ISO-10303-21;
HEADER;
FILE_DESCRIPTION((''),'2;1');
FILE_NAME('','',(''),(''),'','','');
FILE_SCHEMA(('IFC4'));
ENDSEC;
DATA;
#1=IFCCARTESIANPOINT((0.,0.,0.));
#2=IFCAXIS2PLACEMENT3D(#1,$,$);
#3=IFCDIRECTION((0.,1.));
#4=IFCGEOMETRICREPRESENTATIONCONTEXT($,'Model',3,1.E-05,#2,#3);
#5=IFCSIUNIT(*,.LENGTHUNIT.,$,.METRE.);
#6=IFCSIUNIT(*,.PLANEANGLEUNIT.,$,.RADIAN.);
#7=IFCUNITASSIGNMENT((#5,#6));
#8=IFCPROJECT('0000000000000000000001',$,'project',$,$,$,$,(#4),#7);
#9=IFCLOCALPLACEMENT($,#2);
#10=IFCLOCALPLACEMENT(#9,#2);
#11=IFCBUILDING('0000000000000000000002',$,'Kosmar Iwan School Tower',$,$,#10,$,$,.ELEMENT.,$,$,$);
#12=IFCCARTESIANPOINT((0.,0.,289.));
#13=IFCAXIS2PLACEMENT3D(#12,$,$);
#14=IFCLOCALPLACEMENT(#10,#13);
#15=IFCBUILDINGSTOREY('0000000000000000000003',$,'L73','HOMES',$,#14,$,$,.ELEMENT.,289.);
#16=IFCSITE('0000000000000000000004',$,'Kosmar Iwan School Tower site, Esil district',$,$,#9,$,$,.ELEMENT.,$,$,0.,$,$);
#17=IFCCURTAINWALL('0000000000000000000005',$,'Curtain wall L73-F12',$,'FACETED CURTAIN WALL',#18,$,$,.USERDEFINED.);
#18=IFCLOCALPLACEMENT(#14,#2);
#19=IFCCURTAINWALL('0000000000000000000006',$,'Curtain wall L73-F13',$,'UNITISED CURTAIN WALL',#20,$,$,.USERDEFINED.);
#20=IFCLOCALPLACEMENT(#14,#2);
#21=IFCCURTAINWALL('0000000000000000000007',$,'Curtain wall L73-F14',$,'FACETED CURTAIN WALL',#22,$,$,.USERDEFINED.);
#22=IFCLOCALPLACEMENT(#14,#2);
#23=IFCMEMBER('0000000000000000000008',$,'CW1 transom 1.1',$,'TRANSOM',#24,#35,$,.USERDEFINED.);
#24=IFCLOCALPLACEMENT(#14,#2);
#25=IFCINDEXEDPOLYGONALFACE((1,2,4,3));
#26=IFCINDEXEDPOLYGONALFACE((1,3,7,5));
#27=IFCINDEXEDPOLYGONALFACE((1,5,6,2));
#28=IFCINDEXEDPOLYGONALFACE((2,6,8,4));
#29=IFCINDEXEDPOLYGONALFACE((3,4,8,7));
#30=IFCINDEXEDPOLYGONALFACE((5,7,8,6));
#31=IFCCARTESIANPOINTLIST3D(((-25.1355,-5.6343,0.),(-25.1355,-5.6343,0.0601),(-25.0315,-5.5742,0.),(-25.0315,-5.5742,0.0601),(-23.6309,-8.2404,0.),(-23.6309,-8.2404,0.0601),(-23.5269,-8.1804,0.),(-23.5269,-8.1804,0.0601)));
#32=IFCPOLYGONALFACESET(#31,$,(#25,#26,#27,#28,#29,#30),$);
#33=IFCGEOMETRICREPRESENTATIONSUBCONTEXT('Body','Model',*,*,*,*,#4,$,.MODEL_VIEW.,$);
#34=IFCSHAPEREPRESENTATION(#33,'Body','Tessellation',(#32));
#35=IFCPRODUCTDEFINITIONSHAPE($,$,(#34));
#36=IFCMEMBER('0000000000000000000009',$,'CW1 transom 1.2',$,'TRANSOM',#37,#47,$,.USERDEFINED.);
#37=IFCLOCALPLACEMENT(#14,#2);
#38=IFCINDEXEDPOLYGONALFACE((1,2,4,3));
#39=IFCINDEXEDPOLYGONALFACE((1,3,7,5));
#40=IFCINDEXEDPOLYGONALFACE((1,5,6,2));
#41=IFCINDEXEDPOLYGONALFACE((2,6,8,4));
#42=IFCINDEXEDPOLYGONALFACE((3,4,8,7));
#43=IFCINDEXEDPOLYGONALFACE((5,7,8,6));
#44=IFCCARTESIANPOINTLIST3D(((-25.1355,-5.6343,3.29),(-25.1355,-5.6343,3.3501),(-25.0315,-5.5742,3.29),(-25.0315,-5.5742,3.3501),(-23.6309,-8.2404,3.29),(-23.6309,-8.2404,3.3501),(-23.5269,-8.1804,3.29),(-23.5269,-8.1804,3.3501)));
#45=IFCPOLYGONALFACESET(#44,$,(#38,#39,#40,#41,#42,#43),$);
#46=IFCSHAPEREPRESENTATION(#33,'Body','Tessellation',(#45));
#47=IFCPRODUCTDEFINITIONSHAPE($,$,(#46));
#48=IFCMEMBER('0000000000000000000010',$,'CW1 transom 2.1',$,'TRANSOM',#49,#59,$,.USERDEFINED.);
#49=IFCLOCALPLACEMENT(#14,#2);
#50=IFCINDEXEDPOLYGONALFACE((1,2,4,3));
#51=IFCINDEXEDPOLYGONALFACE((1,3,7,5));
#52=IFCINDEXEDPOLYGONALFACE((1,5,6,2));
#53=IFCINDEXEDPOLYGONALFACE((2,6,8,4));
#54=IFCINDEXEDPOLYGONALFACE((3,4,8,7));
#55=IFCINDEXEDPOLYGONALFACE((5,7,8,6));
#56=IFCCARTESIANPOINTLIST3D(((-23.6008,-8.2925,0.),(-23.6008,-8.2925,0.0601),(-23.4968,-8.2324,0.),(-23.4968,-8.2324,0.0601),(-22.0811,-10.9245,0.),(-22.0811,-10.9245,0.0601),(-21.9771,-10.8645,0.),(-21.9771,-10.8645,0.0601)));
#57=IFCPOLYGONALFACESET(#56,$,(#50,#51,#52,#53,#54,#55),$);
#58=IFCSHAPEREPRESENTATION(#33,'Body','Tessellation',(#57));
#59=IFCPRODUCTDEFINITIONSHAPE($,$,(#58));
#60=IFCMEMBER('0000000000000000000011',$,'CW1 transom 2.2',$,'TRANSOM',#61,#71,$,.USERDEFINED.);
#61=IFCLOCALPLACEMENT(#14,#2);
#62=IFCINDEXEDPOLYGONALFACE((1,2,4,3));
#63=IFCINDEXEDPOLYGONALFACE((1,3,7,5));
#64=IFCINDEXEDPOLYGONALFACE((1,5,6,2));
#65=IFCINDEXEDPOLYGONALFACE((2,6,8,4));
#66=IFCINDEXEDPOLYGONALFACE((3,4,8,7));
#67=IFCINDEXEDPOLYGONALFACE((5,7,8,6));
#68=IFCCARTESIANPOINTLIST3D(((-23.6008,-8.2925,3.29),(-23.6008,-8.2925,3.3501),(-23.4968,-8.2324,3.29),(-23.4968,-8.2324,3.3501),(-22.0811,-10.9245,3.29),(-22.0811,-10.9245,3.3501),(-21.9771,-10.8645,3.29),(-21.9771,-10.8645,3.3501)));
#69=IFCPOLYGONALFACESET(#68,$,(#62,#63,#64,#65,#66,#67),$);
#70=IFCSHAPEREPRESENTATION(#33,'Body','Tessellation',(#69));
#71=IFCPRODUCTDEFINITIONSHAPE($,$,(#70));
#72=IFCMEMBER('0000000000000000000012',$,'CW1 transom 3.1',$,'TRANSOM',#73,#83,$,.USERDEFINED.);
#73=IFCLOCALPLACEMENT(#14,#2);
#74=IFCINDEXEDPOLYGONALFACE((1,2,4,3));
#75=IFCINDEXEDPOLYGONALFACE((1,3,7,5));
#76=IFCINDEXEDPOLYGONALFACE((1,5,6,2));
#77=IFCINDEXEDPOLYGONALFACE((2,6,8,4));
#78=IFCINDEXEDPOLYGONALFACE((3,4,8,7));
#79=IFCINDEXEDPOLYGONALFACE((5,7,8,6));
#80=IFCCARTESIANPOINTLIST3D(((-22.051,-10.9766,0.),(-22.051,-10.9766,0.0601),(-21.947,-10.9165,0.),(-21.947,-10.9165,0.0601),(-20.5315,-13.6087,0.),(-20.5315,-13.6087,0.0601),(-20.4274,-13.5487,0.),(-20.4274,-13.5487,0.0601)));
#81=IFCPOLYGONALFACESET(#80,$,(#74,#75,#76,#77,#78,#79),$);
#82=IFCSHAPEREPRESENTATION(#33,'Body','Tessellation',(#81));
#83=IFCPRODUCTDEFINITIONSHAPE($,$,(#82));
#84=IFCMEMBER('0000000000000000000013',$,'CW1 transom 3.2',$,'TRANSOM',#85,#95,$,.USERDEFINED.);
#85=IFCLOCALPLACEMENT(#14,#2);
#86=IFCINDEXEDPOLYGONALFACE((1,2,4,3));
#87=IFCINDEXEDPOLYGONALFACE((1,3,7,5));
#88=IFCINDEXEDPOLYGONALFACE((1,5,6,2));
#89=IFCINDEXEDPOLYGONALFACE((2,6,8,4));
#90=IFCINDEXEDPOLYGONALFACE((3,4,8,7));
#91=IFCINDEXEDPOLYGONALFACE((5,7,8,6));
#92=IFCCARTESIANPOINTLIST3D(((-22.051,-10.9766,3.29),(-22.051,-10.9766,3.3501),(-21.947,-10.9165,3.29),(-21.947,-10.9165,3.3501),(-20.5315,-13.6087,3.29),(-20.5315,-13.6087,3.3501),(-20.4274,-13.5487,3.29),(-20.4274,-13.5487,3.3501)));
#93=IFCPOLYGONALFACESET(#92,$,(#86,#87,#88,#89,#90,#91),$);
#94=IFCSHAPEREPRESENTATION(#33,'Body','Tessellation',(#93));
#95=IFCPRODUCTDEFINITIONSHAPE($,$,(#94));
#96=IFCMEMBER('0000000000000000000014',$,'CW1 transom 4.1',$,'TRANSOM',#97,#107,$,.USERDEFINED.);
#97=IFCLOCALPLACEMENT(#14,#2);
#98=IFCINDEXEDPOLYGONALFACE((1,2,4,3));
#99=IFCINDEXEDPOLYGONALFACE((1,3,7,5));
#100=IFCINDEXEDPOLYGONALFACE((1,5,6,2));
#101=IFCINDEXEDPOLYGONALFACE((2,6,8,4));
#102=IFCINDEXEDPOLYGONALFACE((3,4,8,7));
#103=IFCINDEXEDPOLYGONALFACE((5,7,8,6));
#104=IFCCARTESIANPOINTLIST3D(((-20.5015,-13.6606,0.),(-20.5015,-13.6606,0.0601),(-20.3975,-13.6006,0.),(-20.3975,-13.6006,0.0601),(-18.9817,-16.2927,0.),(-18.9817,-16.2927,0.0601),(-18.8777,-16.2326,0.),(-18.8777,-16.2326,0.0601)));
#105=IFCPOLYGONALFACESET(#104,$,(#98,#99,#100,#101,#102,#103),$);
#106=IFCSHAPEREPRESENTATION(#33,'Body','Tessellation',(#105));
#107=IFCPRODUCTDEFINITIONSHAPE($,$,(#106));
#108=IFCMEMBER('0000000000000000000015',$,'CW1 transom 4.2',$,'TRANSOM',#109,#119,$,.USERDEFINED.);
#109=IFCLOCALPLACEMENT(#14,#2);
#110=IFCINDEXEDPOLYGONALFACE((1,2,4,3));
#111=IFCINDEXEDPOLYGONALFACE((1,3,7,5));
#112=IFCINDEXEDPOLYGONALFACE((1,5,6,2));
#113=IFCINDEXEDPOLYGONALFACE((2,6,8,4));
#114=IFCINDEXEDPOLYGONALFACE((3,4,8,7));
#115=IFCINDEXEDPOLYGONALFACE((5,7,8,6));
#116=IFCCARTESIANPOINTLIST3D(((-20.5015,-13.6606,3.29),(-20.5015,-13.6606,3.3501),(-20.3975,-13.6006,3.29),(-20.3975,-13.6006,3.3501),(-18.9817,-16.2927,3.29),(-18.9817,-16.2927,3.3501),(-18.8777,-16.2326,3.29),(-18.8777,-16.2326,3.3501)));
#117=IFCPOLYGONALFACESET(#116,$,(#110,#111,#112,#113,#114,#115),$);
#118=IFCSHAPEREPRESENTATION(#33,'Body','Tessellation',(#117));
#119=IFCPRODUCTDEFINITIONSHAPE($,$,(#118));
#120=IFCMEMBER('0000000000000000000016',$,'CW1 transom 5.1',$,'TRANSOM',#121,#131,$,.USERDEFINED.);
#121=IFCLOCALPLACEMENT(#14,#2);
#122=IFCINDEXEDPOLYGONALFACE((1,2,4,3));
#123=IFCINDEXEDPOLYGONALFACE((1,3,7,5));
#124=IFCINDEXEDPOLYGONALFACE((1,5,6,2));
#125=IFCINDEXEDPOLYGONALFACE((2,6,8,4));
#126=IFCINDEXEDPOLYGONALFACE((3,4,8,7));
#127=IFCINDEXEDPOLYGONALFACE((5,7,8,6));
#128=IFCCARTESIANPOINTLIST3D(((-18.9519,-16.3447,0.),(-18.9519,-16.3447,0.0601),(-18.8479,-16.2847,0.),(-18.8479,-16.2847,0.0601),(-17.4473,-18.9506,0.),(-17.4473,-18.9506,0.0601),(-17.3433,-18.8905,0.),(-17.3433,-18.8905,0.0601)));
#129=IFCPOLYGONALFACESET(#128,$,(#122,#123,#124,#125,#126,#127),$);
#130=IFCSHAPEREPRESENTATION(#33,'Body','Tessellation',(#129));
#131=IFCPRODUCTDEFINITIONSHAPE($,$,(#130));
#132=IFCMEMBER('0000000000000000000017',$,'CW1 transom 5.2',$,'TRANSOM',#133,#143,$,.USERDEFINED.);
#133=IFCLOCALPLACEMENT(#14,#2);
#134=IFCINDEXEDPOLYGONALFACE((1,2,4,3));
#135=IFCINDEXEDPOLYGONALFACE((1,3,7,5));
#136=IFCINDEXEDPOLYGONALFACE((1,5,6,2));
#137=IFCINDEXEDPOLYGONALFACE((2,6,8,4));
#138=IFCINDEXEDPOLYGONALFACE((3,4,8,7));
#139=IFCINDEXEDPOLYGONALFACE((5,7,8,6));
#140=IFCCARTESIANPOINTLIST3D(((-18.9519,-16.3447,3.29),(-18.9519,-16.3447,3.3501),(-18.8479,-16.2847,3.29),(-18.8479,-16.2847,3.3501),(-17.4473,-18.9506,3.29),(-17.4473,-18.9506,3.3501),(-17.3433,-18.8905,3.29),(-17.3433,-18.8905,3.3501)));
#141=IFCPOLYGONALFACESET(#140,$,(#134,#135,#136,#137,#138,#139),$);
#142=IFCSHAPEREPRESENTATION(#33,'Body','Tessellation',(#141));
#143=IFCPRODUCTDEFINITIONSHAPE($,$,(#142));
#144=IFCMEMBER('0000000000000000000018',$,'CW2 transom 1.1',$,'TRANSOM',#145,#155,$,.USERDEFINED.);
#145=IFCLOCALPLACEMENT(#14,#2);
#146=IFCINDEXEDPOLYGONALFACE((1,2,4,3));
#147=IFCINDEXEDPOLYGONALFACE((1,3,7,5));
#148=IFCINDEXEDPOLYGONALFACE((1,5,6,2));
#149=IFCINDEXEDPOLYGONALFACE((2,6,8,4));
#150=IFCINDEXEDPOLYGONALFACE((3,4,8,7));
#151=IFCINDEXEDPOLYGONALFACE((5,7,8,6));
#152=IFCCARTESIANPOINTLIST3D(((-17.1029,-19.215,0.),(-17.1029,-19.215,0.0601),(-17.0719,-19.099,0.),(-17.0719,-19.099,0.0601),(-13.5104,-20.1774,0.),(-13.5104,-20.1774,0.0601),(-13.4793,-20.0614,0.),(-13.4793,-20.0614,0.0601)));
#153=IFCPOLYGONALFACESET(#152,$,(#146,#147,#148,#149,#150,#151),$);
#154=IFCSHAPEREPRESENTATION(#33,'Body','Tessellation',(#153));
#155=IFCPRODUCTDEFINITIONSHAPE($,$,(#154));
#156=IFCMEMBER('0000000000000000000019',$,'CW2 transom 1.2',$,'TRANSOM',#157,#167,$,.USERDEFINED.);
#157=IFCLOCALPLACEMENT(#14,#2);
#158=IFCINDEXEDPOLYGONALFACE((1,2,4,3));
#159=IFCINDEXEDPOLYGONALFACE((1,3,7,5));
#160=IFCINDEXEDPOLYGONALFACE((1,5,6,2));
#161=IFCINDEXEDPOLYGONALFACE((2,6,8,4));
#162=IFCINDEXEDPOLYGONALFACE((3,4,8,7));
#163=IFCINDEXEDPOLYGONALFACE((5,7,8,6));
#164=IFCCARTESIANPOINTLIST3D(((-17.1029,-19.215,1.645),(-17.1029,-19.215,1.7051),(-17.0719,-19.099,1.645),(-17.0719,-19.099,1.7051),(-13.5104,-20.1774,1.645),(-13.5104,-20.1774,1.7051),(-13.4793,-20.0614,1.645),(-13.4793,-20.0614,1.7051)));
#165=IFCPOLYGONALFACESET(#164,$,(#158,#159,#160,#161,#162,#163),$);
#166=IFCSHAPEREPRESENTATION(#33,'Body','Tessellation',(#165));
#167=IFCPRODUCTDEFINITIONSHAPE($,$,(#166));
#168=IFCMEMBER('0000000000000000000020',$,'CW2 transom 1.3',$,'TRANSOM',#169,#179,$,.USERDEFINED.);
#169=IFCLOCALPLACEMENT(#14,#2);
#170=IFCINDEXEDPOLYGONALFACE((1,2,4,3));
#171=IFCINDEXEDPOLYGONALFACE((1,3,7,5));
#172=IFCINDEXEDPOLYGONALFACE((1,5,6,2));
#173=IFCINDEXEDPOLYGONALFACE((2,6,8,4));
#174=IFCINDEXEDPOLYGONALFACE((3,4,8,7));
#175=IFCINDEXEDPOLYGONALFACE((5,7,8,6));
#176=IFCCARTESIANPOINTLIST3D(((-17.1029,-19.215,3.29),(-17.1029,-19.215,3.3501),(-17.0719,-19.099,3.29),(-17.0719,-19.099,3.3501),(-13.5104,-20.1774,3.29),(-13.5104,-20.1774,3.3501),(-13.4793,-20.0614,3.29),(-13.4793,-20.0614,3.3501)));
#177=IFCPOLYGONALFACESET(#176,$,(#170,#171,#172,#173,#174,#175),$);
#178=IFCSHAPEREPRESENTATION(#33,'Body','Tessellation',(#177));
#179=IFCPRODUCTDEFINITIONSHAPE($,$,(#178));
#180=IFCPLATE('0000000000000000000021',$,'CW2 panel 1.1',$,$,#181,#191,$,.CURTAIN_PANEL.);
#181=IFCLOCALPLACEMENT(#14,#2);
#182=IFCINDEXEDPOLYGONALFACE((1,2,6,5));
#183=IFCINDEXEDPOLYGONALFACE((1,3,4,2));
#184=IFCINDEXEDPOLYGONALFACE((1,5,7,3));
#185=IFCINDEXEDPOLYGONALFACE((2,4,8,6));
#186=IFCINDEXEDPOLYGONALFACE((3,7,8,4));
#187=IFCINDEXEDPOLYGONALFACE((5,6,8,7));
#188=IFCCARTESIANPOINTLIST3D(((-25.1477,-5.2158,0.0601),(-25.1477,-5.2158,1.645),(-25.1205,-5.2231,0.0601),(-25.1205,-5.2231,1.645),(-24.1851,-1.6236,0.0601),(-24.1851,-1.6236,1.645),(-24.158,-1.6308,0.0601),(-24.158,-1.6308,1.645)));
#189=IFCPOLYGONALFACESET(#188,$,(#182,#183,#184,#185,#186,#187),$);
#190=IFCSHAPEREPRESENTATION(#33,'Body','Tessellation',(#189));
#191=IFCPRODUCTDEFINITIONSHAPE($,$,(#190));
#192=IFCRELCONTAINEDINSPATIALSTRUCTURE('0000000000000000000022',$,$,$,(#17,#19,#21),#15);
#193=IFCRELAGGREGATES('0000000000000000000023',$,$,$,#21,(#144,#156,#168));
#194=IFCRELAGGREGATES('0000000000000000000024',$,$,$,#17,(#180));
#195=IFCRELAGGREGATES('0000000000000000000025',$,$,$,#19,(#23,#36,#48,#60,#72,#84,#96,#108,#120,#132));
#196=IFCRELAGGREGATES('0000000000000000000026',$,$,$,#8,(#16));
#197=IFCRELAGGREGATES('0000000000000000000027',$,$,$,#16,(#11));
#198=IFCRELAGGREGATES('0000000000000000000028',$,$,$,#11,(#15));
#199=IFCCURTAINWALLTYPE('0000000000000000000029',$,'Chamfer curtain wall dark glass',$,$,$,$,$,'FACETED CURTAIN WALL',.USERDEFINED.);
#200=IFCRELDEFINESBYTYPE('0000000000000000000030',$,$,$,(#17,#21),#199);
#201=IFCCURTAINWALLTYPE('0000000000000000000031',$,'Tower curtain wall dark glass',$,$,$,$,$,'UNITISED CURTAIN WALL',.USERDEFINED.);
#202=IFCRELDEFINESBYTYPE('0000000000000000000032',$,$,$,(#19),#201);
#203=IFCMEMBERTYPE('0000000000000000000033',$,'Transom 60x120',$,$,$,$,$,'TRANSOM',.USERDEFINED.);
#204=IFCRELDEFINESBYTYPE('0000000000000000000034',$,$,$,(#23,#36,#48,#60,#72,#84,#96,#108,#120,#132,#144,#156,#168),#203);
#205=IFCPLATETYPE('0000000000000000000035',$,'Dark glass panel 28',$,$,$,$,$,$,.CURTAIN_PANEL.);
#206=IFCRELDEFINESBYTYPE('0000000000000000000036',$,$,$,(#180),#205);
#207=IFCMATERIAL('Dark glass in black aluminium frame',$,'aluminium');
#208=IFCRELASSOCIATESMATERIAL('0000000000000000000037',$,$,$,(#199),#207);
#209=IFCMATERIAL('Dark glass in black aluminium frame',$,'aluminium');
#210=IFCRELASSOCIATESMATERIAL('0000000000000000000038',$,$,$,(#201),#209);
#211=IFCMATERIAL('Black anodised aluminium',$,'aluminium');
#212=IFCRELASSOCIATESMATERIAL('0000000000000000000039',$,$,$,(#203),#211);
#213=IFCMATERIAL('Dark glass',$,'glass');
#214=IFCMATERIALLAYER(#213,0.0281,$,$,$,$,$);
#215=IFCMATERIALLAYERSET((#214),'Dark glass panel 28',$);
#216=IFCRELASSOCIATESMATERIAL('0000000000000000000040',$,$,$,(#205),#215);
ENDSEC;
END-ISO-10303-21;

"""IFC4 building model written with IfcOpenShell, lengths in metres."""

from ifc_helpers import new_model, si_unit, direction, frame, origin, origin_2d, place, context, subcontext, project, spatial, rectangle, extrude, material, layer, layer_set, material_profile, profile_set, type_object, element, aggregate, save


model = new_model("IFC4")

# Units and contexts
model_context = context("Model", 3, precision=1e-05, world=origin(), true_north=direction((0.0, 1.0)))
body_context = subcontext(model_context, "Body", "Model", "MODEL_VIEW")
ifc_project = project(units=[si_unit("LENGTHUNIT", "METRE"), si_unit("PLANEANGLEUNIT", "RADIAN")], contexts=[model_context])

# Site, building, storey
site_placement = place(None, origin())
site = spatial("IfcSite", under=ifc_project, at=site_placement, Name="Kosmar Iwan School Tower site, Esil district", CompositionType="ELEMENT", RefElevation=0.0)
building_placement = place(site_placement, origin())
building = spatial("IfcBuilding", under=site, at=building_placement, Name="Kosmar Iwan School Tower", CompositionType="ELEMENT")
storey_placement = place(building_placement, frame((0.0, 0.0, 289.0)))
storey = spatial("IfcBuildingStorey", under=building, at=storey_placement, Name="L73", Description="HOMES", CompositionType="ELEMENT", Elevation=289.0)

# Curtain wall
ifc_material_1 = material(Name="Dark glass in black aluminium frame", Category="aluminium")
curtain_wall_type_1 = type_object("IfcCurtainWallType", Name="Chamfer curtain wall dark glass", ElementType="FACETED CURTAIN WALL", PredefinedType="USERDEFINED", material=ifc_material_1)
curtain_wall_1_placement = place(storey_placement, origin())
curtain_wall_1 = element("IfcCurtainWall", 1, at=curtain_wall_1_placement, inside=storey, type_object=curtain_wall_type_1, Name="Curtain wall L73-F12", ObjectType="FACETED CURTAIN WALL", PredefinedType="USERDEFINED")

# Curtain wall
ifc_material_2 = material(Name="Dark glass in black aluminium frame", Category="aluminium")
curtain_wall_type_2 = type_object("IfcCurtainWallType", Name="Tower curtain wall dark glass", ElementType="UNITISED CURTAIN WALL", PredefinedType="USERDEFINED", material=ifc_material_2)
curtain_wall_2_placement = place(storey_placement, origin())
curtain_wall_2 = element("IfcCurtainWall", 2, at=curtain_wall_2_placement, inside=storey, type_object=curtain_wall_type_2, Name="Curtain wall L73-F13", ObjectType="UNITISED CURTAIN WALL", PredefinedType="USERDEFINED")

# Curtain wall
curtain_wall_3_placement = place(storey_placement, origin())
curtain_wall_3 = element("IfcCurtainWall", 3, at=curtain_wall_3_placement, inside=storey, type_object=curtain_wall_type_1, Name="Curtain wall L73-F14", ObjectType="FACETED CURTAIN WALL", PredefinedType="USERDEFINED")

# Members
ifc_material_3 = material(Name="Black anodised aluminium", Category="aluminium")
ifc_material_profile_1 = material_profile(ifc_material_3, rectangle(XDim=0.1201, YDim=0.0601, at=origin_2d()), Name="TRANSOM 60x120")
ifc_profile_set_1 = profile_set([ifc_material_profile_1], Name="Black anodised aluminium")
member_type_1 = type_object("IfcMemberType", Name="Transom 60x120", ElementType="TRANSOM", PredefinedType="USERDEFINED", material=ifc_profile_set_1)
member_1_placement = place(storey_placement, frame((-25.0835, -5.6042, 0.03), z_axis=(0.499987, -0.866033, 0.0), x_axis=(0.866033, 0.499987, 0.0)))
member_1 = element("IfcMember", 4, at=member_1_placement, type_object=member_type_1, Name="CW1 transom 1.1", ObjectType="TRANSOM", PredefinedType="USERDEFINED", context=body_context, shape_type="SweptSolid", body=[
    extrude(rectangle(XDim=0.1201, YDim=0.0601, at=origin_2d()), origin(), (0.0, 0.0, 1.0), 3.0093),
])
member_2_placement = place(storey_placement, frame((-25.0835, -5.6042, 3.3201), z_axis=(0.499987, -0.866033, 0.0), x_axis=(0.866033, 0.499987, 0.0)))
member_2 = element("IfcMember", 5, at=member_2_placement, type_object=member_type_1, Name="CW1 transom 1.2", ObjectType="TRANSOM", PredefinedType="USERDEFINED", context=body_context, shape_type="SweptSolid", body=[
    extrude(rectangle(XDim=0.1201, YDim=0.0601, at=origin_2d()), origin(), (0.0, 0.0, 1.0), 3.0093),
])
member_3_placement = place(storey_placement, frame((-23.5488, -8.2625, 0.03), z_axis=(0.500035, -0.866005, 0.0), x_axis=(0.866005, 0.500035, 0.0)))
member_3 = element("IfcMember", 6, at=member_3_placement, type_object=member_type_1, Name="CW1 transom 2.1", ObjectType="TRANSOM", PredefinedType="USERDEFINED", context=body_context, shape_type="SweptSolid", body=[
    extrude(rectangle(XDim=0.1201, YDim=0.0601, at=origin_2d()), origin(), (0.0, 0.0, 1.0), 3.0393),
])
member_4_placement = place(storey_placement, frame((-23.5488, -8.2625, 3.3201), z_axis=(0.500035, -0.866005, 0.0), x_axis=(0.866005, 0.500035, 0.0)))
member_4 = element("IfcMember", 7, at=member_4_placement, type_object=member_type_1, Name="CW1 transom 2.2", ObjectType="TRANSOM", PredefinedType="USERDEFINED", context=body_context, shape_type="SweptSolid", body=[
    extrude(rectangle(XDim=0.1201, YDim=0.0601, at=origin_2d()), origin(), (0.0, 0.0, 1.0), 3.0393),
])
member_5_placement = place(storey_placement, frame((-21.999, -10.9465, 0.03), z_axis=(0.499975, -0.86604, 0.0), x_axis=(0.86604, 0.499975, 0.0)))
member_5 = element("IfcMember", 8, at=member_5_placement, type_object=member_type_1, Name="CW1 transom 3.1", ObjectType="TRANSOM", PredefinedType="USERDEFINED", context=body_context, shape_type="SweptSolid", body=[
    extrude(rectangle(XDim=0.1201, YDim=0.0601, at=origin_2d()), origin(), (0.0, 0.0, 1.0), 3.0393),
])
member_6_placement = place(storey_placement, frame((-21.999, -10.9465, 3.3201), z_axis=(0.499975, -0.86604, 0.0), x_axis=(0.86604, 0.499975, 0.0)))
member_6 = element("IfcMember", 9, at=member_6_placement, type_object=member_type_1, Name="CW1 transom 3.2", ObjectType="TRANSOM", PredefinedType="USERDEFINED", context=body_context, shape_type="SweptSolid", body=[
    extrude(rectangle(XDim=0.1201, YDim=0.0601, at=origin_2d()), origin(), (0.0, 0.0, 1.0), 3.0393),
])
member_7_placement = place(storey_placement, frame((-20.4495, -13.6306, 0.03), z_axis=(0.500035, -0.866005, 0.0), x_axis=(0.866005, 0.500035, 0.0)))
member_7 = element("IfcMember", 10, at=member_7_placement, type_object=member_type_1, Name="CW1 transom 4.1", ObjectType="TRANSOM", PredefinedType="USERDEFINED", context=body_context, shape_type="SweptSolid", body=[
    extrude(rectangle(XDim=0.1201, YDim=0.0601, at=origin_2d()), origin(), (0.0, 0.0, 1.0), 3.0393),
])
member_8_placement = place(storey_placement, frame((-20.4495, -13.6306, 3.3201), z_axis=(0.500035, -0.866005, 0.0), x_axis=(0.866005, 0.500035, 0.0)))
member_8 = element("IfcMember", 11, at=member_8_placement, type_object=member_type_1, Name="CW1 transom 4.2", ObjectType="TRANSOM", PredefinedType="USERDEFINED", context=body_context, shape_type="SweptSolid", body=[
    extrude(rectangle(XDim=0.1201, YDim=0.0601, at=origin_2d()), origin(), (0.0, 0.0, 1.0), 3.0393),
])
member_9_placement = place(storey_placement, frame((-18.8999, -16.3147, 0.03), z_axis=(0.500022, -0.866013, 0.0), x_axis=(0.866013, 0.500022, 0.0)))
member_9 = element("IfcMember", 12, at=member_9_placement, type_object=member_type_1, Name="CW1 transom 5.1", ObjectType="TRANSOM", PredefinedType="USERDEFINED", context=body_context, shape_type="SweptSolid", body=[
    extrude(rectangle(XDim=0.1201, YDim=0.0601, at=origin_2d()), origin(), (0.0, 0.0, 1.0), 3.009),
])
member_10_placement = place(storey_placement, frame((-18.8999, -16.3147, 3.3201), z_axis=(0.500022, -0.866013, 0.0), x_axis=(0.866013, 0.500022, 0.0)))
member_10 = element("IfcMember", 13, at=member_10_placement, type_object=member_type_1, Name="CW1 transom 5.2", ObjectType="TRANSOM", PredefinedType="USERDEFINED", context=body_context, shape_type="SweptSolid", body=[
    extrude(rectangle(XDim=0.1201, YDim=0.0601, at=origin_2d()), origin(), (0.0, 0.0, 1.0), 3.009),
])
member_11_placement = place(storey_placement, frame((-17.0874, -19.157, 0.03), z_axis=(0.96594, -0.258766, 0.0), x_axis=(0.258766, 0.96594, 0.0)))
member_11 = element("IfcMember", 14, at=member_11_placement, type_object=member_type_1, Name="CW2 transom 1.1", ObjectType="TRANSOM", PredefinedType="USERDEFINED", context=body_context, shape_type="SweptSolid", body=[
    extrude(rectangle(XDim=0.1201, YDim=0.0601, at=origin_2d()), origin(), (0.0, 0.0, 1.0), 3.7192),
])
member_12_placement = place(storey_placement, frame((-17.0874, -19.157, 1.675), z_axis=(0.96594, -0.258766, 0.0), x_axis=(0.258766, 0.96594, 0.0)))
member_12 = element("IfcMember", 15, at=member_12_placement, type_object=member_type_1, Name="CW2 transom 1.2", ObjectType="TRANSOM", PredefinedType="USERDEFINED", context=body_context, shape_type="SweptSolid", body=[
    extrude(rectangle(XDim=0.1201, YDim=0.0601, at=origin_2d()), origin(), (0.0, 0.0, 1.0), 3.7192),
])
member_13_placement = place(storey_placement, frame((-17.0874, -19.157, 3.3201), z_axis=(0.96594, -0.258766, 0.0), x_axis=(0.258766, 0.96594, 0.0)))
member_13 = element("IfcMember", 16, at=member_13_placement, type_object=member_type_1, Name="CW2 transom 1.3", ObjectType="TRANSOM", PredefinedType="USERDEFINED", context=body_context, shape_type="SweptSolid", body=[
    extrude(rectangle(XDim=0.1201, YDim=0.0601, at=origin_2d()), origin(), (0.0, 0.0, 1.0), 3.7192),
])
aggregate(curtain_wall_3, [member_11, member_12, member_13])

# Plate
ifc_material_4 = material(Name="Dark glass", Category="glass")
ifc_layer_1 = layer(ifc_material_4, 0.0281)
ifc_layer_set_1 = layer_set([ifc_layer_1], Name="Dark glass panel 28")
plate_type = type_object("IfcPlateType", Name="Dark glass panel 28", PredefinedType="CURTAIN_PANEL", material=ifc_layer_set_1)
plate_1_placement = place(storey_placement, frame((-24.6528, -3.4233, 0.0601), z_axis=(0.0, 0.0, 1.0), x_axis=(-0.258819, -0.965926, 0.0)))
plate_1 = element("IfcPlate", 17, at=plate_1_placement, type_object=plate_type, Name="CW2 panel 1.1", PredefinedType="CURTAIN_PANEL", context=body_context, shape_type="SweptSolid", body=[
    extrude(rectangle(XDim=3.719, YDim=0.0281, at=origin_2d()), origin(), (0.0, 0.0, 1.0), 1.585),
])
aggregate(curtain_wall_1, [plate_1])
aggregate(curtain_wall_2, [member_1, member_2, member_3, member_4, member_5, member_6, member_7, member_8, member_9, member_10])

save(model, "model.ifc")
